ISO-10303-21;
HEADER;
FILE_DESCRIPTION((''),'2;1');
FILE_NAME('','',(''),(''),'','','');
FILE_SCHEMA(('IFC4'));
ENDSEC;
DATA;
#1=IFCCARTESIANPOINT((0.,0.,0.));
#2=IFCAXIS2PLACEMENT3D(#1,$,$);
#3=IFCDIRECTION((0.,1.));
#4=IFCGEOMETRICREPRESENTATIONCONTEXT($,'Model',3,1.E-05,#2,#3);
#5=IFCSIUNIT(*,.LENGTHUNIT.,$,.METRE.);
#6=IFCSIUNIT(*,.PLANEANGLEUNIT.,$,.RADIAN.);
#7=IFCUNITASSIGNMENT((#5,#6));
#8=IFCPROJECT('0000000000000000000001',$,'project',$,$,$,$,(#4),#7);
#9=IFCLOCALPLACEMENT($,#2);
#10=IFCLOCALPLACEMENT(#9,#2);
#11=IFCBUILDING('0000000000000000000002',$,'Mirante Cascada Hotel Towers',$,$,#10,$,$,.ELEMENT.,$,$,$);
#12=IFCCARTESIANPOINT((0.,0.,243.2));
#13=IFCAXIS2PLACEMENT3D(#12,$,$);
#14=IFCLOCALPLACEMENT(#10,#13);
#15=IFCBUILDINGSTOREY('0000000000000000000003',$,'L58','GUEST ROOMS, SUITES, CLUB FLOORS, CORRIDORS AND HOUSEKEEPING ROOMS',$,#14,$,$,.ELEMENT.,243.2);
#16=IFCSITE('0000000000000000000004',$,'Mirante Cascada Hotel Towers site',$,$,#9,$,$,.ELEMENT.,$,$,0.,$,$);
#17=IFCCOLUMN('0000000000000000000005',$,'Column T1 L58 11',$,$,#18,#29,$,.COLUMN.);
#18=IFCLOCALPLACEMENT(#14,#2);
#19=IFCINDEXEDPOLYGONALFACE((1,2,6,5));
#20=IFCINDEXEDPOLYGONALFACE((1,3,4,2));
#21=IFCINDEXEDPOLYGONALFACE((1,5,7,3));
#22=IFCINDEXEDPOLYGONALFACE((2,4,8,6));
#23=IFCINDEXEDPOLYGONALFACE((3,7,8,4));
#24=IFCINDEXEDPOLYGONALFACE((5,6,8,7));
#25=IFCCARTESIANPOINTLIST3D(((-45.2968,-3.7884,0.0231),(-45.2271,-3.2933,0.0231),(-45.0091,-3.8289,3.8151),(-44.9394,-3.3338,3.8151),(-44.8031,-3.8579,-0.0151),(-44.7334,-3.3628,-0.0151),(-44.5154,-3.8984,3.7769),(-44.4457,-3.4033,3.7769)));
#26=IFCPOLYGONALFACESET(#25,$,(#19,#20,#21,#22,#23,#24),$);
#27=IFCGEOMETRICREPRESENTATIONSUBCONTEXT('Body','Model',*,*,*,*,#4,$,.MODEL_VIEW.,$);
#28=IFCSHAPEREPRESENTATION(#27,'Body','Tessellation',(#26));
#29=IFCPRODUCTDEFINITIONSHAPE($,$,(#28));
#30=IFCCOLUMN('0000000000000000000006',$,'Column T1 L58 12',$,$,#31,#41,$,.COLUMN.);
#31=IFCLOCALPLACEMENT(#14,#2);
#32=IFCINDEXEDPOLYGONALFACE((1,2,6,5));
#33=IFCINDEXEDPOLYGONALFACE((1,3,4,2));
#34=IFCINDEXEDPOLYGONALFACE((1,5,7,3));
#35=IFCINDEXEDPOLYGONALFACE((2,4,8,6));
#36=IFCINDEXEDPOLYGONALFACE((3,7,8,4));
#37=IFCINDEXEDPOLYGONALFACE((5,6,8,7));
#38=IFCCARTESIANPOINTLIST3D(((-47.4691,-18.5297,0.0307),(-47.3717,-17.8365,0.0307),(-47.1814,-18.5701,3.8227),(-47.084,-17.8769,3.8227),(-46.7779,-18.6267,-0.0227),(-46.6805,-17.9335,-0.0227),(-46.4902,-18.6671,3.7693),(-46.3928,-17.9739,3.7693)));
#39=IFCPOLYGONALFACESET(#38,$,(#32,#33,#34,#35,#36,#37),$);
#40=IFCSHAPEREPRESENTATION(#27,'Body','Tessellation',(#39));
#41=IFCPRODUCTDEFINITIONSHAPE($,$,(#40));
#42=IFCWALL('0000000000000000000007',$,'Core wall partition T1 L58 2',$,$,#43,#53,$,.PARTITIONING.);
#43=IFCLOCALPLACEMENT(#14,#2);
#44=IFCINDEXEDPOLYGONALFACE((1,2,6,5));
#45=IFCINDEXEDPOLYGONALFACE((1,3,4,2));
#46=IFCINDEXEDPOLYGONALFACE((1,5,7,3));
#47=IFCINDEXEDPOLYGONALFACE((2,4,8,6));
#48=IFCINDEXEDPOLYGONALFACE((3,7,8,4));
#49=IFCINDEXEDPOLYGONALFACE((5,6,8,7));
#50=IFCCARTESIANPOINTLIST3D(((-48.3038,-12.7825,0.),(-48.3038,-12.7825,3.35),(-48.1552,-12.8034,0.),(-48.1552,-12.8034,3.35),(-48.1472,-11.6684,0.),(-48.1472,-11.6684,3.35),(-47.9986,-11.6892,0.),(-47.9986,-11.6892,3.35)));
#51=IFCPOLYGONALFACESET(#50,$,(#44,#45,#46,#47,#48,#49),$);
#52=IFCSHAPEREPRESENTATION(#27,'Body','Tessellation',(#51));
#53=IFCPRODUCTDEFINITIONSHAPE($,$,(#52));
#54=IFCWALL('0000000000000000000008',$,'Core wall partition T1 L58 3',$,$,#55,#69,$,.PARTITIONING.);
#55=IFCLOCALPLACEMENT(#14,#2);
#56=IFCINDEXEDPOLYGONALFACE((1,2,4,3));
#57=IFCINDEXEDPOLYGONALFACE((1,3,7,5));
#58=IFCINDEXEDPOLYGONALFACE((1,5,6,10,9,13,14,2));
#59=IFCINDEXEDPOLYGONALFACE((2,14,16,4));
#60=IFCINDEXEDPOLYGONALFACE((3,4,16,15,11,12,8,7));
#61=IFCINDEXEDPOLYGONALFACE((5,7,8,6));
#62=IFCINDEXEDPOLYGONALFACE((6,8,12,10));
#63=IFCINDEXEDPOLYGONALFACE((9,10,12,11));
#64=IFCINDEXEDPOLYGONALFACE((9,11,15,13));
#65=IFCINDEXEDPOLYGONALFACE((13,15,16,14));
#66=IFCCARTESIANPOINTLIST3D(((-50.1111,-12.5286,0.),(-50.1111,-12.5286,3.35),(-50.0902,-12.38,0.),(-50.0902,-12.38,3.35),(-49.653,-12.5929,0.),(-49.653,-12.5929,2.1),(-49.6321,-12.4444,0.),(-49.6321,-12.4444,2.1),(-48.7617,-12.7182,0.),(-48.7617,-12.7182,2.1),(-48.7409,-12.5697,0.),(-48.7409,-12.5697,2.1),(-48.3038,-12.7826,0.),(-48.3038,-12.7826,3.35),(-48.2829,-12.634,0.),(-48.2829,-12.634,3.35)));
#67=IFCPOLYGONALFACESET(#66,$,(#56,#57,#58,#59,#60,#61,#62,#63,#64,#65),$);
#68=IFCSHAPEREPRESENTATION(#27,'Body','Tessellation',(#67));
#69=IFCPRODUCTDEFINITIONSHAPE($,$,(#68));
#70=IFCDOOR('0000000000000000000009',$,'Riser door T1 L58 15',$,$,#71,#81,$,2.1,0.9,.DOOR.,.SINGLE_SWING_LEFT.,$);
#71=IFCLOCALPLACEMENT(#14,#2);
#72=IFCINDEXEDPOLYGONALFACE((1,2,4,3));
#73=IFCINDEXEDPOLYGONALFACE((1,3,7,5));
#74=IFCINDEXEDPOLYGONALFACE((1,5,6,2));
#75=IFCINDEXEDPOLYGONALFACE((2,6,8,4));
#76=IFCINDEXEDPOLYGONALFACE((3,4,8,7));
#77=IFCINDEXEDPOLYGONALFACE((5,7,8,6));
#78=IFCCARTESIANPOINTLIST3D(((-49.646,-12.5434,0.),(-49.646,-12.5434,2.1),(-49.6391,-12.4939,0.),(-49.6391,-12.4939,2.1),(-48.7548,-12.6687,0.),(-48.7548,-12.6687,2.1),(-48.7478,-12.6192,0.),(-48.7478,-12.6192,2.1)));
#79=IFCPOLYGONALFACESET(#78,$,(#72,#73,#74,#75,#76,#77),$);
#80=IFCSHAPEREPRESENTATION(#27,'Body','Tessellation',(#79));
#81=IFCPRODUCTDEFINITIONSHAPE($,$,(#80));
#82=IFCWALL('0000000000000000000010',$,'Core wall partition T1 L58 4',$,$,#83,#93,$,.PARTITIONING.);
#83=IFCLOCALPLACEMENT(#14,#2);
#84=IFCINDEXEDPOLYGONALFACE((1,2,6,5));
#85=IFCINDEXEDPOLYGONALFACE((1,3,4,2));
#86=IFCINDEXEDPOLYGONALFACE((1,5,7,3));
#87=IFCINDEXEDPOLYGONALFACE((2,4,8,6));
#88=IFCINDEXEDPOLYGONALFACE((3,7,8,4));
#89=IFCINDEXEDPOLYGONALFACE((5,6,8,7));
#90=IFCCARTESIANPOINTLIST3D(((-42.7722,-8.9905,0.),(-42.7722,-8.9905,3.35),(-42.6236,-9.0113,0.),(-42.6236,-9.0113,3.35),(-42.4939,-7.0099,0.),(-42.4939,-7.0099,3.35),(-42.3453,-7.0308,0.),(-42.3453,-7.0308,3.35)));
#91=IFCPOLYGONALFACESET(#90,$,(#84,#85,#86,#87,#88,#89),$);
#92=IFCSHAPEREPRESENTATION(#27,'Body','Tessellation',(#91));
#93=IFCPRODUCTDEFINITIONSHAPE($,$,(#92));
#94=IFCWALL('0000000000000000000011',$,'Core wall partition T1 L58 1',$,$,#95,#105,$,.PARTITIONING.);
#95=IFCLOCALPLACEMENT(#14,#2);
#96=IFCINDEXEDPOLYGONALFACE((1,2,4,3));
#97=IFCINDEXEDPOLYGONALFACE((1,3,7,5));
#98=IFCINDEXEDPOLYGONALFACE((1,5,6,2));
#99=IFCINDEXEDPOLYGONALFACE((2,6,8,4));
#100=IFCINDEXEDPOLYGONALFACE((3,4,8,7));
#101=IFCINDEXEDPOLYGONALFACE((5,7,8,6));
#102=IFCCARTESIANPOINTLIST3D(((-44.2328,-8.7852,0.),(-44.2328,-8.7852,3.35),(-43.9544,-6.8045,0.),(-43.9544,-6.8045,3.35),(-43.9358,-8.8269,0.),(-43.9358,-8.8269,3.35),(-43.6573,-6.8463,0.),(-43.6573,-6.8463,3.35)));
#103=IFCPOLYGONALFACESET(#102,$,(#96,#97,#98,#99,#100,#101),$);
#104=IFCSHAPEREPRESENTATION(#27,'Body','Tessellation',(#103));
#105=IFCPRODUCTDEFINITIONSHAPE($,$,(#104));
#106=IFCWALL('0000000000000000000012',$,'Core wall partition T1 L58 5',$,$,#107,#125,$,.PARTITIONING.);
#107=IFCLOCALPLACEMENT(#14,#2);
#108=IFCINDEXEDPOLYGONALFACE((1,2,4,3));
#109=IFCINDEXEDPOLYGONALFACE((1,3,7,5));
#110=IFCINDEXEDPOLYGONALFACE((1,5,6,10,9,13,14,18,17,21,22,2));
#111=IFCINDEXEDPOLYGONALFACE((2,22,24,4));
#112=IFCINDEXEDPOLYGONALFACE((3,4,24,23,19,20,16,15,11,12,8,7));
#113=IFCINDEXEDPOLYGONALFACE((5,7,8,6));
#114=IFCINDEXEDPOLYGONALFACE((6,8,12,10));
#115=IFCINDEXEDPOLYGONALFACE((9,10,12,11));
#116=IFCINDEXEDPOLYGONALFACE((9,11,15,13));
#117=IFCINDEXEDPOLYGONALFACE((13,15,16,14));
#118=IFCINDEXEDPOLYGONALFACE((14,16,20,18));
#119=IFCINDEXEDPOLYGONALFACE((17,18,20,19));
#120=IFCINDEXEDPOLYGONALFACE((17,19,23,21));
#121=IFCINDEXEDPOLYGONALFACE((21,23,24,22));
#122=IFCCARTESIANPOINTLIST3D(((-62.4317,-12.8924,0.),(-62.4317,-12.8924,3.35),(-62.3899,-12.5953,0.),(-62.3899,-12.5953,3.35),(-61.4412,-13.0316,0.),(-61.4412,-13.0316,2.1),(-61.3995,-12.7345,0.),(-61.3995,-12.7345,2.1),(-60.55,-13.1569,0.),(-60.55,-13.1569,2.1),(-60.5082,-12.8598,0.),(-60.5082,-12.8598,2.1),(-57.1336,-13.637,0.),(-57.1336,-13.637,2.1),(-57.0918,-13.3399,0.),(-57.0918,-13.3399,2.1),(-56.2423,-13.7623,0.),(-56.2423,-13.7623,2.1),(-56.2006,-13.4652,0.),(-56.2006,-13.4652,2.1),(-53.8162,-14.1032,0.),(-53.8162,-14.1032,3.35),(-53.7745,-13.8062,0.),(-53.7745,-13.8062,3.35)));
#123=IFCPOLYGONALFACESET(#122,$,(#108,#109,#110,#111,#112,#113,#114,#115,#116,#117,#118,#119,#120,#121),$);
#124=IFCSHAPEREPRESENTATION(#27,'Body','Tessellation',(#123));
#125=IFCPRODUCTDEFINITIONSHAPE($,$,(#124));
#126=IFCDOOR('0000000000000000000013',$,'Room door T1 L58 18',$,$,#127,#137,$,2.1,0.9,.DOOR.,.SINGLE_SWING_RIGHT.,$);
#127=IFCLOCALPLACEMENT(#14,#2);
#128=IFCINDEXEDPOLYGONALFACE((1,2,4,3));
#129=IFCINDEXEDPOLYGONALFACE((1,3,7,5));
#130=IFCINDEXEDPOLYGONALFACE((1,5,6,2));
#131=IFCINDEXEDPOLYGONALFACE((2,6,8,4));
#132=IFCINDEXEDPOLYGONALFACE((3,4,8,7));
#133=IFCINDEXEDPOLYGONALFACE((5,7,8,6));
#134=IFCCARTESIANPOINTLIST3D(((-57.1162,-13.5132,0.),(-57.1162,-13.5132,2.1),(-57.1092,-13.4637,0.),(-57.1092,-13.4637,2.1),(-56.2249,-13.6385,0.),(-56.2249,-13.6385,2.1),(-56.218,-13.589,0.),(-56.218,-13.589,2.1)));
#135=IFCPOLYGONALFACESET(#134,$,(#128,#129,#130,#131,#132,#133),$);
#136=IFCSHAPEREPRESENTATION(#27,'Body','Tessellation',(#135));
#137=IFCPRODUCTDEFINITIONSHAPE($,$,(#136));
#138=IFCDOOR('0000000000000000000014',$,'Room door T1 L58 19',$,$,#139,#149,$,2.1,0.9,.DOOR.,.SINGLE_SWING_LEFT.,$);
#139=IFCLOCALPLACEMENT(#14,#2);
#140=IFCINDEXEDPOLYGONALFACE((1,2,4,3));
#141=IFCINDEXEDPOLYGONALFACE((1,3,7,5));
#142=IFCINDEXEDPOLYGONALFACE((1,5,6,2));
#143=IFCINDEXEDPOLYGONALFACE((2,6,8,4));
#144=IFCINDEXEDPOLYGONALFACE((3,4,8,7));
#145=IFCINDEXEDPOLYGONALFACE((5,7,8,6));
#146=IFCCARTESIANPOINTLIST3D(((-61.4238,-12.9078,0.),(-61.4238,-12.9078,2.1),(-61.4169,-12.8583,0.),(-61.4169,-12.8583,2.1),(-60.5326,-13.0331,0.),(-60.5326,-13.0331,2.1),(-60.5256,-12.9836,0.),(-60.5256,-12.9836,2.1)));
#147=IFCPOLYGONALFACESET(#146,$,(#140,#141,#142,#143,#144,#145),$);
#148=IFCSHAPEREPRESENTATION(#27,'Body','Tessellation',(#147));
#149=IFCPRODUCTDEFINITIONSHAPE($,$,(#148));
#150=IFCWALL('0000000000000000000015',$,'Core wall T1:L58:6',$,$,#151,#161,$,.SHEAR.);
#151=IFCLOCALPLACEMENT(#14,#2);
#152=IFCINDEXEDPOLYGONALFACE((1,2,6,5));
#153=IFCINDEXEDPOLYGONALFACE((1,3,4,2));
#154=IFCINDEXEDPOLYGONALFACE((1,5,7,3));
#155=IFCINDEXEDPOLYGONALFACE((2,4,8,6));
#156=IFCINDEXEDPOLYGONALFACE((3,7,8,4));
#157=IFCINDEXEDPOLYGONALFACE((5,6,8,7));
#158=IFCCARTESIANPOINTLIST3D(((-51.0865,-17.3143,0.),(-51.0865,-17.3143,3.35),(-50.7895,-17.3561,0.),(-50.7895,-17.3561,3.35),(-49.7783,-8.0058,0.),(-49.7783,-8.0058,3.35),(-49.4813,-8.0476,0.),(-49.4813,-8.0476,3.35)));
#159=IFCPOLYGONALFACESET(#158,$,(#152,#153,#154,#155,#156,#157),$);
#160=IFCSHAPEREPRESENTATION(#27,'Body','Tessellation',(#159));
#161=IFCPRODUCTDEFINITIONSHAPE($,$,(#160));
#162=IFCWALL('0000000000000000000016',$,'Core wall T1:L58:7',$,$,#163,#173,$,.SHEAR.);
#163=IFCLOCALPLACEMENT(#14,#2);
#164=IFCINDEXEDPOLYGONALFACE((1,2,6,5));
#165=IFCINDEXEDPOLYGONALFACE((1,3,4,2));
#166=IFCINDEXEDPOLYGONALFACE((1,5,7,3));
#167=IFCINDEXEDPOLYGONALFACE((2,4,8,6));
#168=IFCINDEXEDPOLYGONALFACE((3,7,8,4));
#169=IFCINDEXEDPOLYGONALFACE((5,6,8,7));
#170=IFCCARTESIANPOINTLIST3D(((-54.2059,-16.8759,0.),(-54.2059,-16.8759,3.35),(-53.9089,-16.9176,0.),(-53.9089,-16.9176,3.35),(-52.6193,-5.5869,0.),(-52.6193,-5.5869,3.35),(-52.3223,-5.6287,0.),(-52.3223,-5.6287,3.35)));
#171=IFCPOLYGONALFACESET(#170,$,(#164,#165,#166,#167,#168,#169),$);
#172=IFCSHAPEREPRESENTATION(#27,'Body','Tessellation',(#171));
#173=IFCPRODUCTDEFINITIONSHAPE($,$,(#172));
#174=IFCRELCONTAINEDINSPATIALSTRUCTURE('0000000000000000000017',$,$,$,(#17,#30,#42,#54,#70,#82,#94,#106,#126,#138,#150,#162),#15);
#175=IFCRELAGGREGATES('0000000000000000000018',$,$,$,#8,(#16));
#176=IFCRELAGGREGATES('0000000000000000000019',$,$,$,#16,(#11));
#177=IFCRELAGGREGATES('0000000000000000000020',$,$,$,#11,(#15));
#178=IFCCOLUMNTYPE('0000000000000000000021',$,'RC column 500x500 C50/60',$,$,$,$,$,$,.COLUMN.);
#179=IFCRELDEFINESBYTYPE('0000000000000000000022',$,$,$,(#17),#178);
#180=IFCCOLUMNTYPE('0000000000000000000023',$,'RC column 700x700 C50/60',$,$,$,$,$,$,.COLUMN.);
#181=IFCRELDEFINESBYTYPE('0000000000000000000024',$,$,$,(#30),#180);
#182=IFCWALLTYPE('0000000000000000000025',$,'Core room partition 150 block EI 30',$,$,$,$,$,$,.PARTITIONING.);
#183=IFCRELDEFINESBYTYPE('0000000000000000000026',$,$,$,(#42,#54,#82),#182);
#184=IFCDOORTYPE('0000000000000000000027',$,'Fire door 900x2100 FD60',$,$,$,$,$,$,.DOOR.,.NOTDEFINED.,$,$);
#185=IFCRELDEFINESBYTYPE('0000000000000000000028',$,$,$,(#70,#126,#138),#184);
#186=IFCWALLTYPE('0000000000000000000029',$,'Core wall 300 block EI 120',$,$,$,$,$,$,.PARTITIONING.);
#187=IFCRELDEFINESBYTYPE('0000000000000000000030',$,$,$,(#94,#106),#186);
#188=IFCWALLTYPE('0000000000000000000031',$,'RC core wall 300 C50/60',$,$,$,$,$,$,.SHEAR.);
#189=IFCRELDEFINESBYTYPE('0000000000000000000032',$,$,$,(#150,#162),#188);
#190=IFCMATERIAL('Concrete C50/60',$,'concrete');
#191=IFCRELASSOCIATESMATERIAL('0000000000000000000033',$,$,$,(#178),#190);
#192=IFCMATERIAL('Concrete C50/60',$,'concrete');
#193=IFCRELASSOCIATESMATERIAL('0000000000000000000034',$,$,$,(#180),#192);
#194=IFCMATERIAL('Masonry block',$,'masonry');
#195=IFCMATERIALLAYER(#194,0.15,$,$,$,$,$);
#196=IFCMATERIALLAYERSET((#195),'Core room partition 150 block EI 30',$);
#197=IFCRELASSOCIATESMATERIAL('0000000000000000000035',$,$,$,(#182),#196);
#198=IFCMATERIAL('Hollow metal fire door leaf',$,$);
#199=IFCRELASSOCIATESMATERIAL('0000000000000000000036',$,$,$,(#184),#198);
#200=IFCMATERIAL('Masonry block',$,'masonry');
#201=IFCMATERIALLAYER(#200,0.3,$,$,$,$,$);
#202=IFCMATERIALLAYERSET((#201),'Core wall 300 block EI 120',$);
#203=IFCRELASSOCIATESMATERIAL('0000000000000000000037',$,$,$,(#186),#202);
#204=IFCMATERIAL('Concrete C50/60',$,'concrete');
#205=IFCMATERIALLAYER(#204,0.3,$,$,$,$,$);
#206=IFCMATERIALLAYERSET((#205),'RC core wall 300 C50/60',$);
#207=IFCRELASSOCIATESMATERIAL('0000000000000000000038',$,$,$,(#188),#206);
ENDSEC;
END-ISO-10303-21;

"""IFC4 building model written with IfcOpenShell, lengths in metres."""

from ifc_helpers import new_model, si_unit, direction, frame, frame_2d, origin, origin_2d, place, context, subcontext, project, spatial, rectangle, extrude, material, layer, layer_set, material_profile, profile_set, type_object, element, fill, save


model = new_model("IFC4")

# Units and contexts
model_context = context("Model", 3, precision=1e-05, world=origin(), true_north=direction((0.0, 1.0)))
body_context = subcontext(model_context, "Body", "Model", "MODEL_VIEW")
ifc_project = project(units=[si_unit("LENGTHUNIT", "METRE"), si_unit("PLANEANGLEUNIT", "RADIAN")], contexts=[model_context])

# Site, building, storey
site_placement = place(None, origin())
site = spatial("IfcSite", under=ifc_project, at=site_placement, Name="Mirante Cascada Hotel Towers site", CompositionType="ELEMENT", RefElevation=0.0)
building_placement = place(site_placement, origin())
building = spatial("IfcBuilding", under=site, at=building_placement, Name="Mirante Cascada Hotel Towers", CompositionType="ELEMENT")
storey_placement = place(building_placement, frame((0.0, 0.0, 243.2)))
storey = spatial("IfcBuildingStorey", under=building, at=storey_placement, Name="L58", Description="GUEST ROOMS, SUITES, CLUB FLOORS, CORRIDORS AND HOUSEKEEPING ROOMS", CompositionType="ELEMENT", Elevation=243.2)

# Columns
ifc_material_1 = material(Name="Concrete C50/60", Category="concrete")
ifc_material_profile_1 = material_profile(ifc_material_1, rectangle(XDim=0.5, YDim=0.5, at=origin_2d()), Name="RC column 500x500 C50/60")
ifc_profile_set_1 = profile_set([ifc_material_profile_1], Name="Concrete C50/60")
column_type_1 = type_object("IfcColumnType", Name="RC column 500x500 C50/60", PredefinedType="COLUMN", material=ifc_profile_set_1)
column_1_placement = place(storey_placement, frame((-45.0151, -3.5756, 0.004), z_axis=(0.075648, -0.010649, 0.997078), x_axis=(0.139397, 0.990236, 0.0)))
element("IfcColumn", 1, at=column_1_placement, inside=storey, type_object=column_type_1, Name="Column T1 L58 11", PredefinedType="COLUMN", context=body_context, shape_type="SweptSolid", body=[
    extrude(rectangle(XDim=0.5, YDim=0.5, at=origin_2d()), origin(), (0.0, 0.0, 1.0), 3.8031),
])
ifc_material_2 = material(Name="Concrete C50/60", Category="concrete")
ifc_material_profile_2 = material_profile(ifc_material_2, rectangle(XDim=0.7, YDim=0.7, at=origin_2d()), Name="RC column 700x700 C50/60")
ifc_profile_set_2 = profile_set([ifc_material_profile_2], Name="Concrete C50/60")
column_type_2 = type_object("IfcColumnType", Name="RC column 700x700 C50/60", PredefinedType="COLUMN", material=ifc_profile_set_2)
column_2_placement = place(storey_placement, frame((-47.0748, -18.2316, 0.004), z_axis=(0.075649, -0.010623, 0.997078), x_axis=(0.13906, 0.990284, 0.0)))
element("IfcColumn", 2, at=column_2_placement, inside=storey, type_object=column_type_2, Name="Column T1 L58 12", PredefinedType="COLUMN", context=body_context, shape_type="SweptSolid", body=[
    extrude(rectangle(XDim=0.7, YDim=0.7, at=origin_2d()), origin(), (0.0, 0.0, 1.0), 3.8031),
])

# Wall
ifc_material_3 = material(Name="Masonry block", Category="masonry")
ifc_layer_1 = layer(ifc_material_3, 0.15)
ifc_layer_set_1 = layer_set([ifc_layer_1], Name="Core room partition 150 block EI 30")
wall_type_1 = type_object("IfcWallType", Name="Core room partition 150 block EI 30", PredefinedType="PARTITIONING", material=ifc_layer_set_1)
wall_1_placement = place(storey_placement, frame((-48.2295, -12.793, 0.0), z_axis=(0.0, 0.0, 1.0), x_axis=(0.139193, 0.990265, 0.0)))
element("IfcWall", 3, at=wall_1_placement, inside=storey, type_object=wall_type_1, Name="Core wall partition T1 L58 2", PredefinedType="PARTITIONING", context=body_context, shape_type="SweptSolid", body=[
    extrude(rectangle(XDim=1.1251, YDim=0.15, at=frame_2d((0.5626, 0.0))), origin(), (0.0, 0.0, 1.0), 3.35),
])

# Wall, opening, door
wall_2_placement = place(storey_placement, frame((-48.2933, -12.7083, 0.0), z_axis=(0.0, 0.0, 1.0), x_axis=(-0.990268, 0.139173, 0.0)))
wall_2 = element("IfcWall", 4, at=wall_2_placement, inside=storey, type_object=wall_type_1, Name="Core wall partition T1 L58 3", PredefinedType="PARTITIONING", context=body_context, shape_type="SweptSolid", body=[
    extrude(rectangle(XDim=1.8251, YDim=0.15, at=frame_2d((0.9126, 0.0))), origin(), (0.0, 0.0, 1.0), 3.35),
])
opening_1_placement = place(wall_2_placement, frame((0.4625, 0.0, 0.0)))
opening_1 = element("IfcOpeningElement", 5, at=opening_1_placement, cuts=wall_2, PredefinedType="OPENING", context=body_context, shape_type="SweptSolid", body=[
    extrude(rectangle(XDim=0.9, YDim=2.1, at=frame_2d((0.45, 1.05))), frame((0.0, 0.075, 0.0), z_axis=(0.0, -1.0, 0.0), x_axis=(1.0, 0.0, 0.0)), (0.0, 0.0, 1.0), 0.15),
])
ifc_material_4 = material(Name="Hollow metal fire door leaf")
door_type_1 = type_object("IfcDoorType", Name="Fire door 900x2100 FD60", OperationType="NOTDEFINED", PredefinedType="DOOR", material=ifc_material_4)
door_1_placement = place(opening_1_placement, origin())
door_1 = element("IfcDoor", 6, at=door_1_placement, inside=storey, type_object=door_type_1, Name="Riser door T1 L58 15", OperationType="SINGLE_SWING_LEFT", OverallHeight=2.1, OverallWidth=0.9, PredefinedType="DOOR", context=body_context, shape_type="SweptSolid", body=[
    extrude(rectangle(XDim=0.9, YDim=2.1, at=frame_2d((0.45, 1.05))), frame((0.0, 0.025, 0.0), z_axis=(0.0, -1.0, 0.0), x_axis=(1.0, 0.0, 0.0)), (0.0, 0.0, 1.0), 0.05),
])
fill(opening_1, door_1)

# Walls
wall_3_placement = place(storey_placement, frame((-42.6979, -9.0009, 0.0), z_axis=(0.0, 0.0, 1.0), x_axis=(0.139153, 0.990271, 0.0)))
element("IfcWall", 7, at=wall_3_placement, inside=storey, type_object=wall_type_1, Name="Core wall partition T1 L58 4", PredefinedType="PARTITIONING", context=body_context, shape_type="SweptSolid", body=[
    extrude(rectangle(XDim=2.0, YDim=0.15, at=frame_2d((1.0, 0.0))), origin(), (0.0, 0.0, 1.0), 3.35),
])
ifc_material_5 = material(Name="Masonry block", Category="masonry")
ifc_layer_2 = layer(ifc_material_5, 0.3)
ifc_layer_set_2 = layer_set([ifc_layer_2], Name="Core wall 300 block EI 120")
wall_type_2 = type_object("IfcWallType", Name="Core wall 300 block EI 120", PredefinedType="PARTITIONING", material=ifc_layer_set_2)
wall_4_placement = place(storey_placement, frame((-44.0843, -8.8061, 0.0), z_axis=(0.0, 0.0, 1.0), x_axis=(0.139195, 0.990265, 0.0)))
element("IfcWall", 8, at=wall_4_placement, inside=storey, type_object=wall_type_2, Name="Core wall partition T1 L58 1", PredefinedType="PARTITIONING", context=body_context, shape_type="SweptSolid", body=[
    extrude(rectangle(XDim=2.0001, YDim=0.3, at=frame_2d((1.0001, 0.0))), origin(), (0.0, 0.0, 1.0), 3.35),
])

# Wall, openings, doors
wall_5_placement = place(storey_placement, frame((-53.7953, -13.9547, 0.0), z_axis=(0.0, 0.0, 1.0), x_axis=(-0.990268, 0.139171, 0.0)))
wall_5 = element("IfcWall", 9, at=wall_5_placement, inside=storey, type_object=wall_type_2, Name="Core wall partition T1 L58 5", PredefinedType="PARTITIONING", context=body_context, shape_type="SweptSolid", body=[
    extrude(rectangle(XDim=8.7001, YDim=0.3, at=frame_2d((4.3501, 0.0))), origin(), (0.0, 0.0, 1.0), 3.35),
])
opening_2_placement = place(wall_5_placement, frame((2.45, 0.0, 0.0)))
opening_2 = element("IfcOpeningElement", 10, at=opening_2_placement, cuts=wall_5, PredefinedType="OPENING", context=body_context, shape_type="SweptSolid", body=[
    extrude(rectangle(XDim=0.9, YDim=2.1, at=frame_2d((0.45, 1.05))), frame((0.0, 0.15, 0.0), z_axis=(0.0, -1.0, 0.0), x_axis=(1.0, 0.0, 0.0)), (0.0, 0.0, 1.0), 0.3),
])
opening_3_placement = place(wall_5_placement, frame((6.8, 0.0, 0.0)))
opening_3 = element("IfcOpeningElement", 11, at=opening_3_placement, cuts=wall_5, PredefinedType="OPENING", context=body_context, shape_type="SweptSolid", body=[
    extrude(rectangle(XDim=0.9, YDim=2.1, at=frame_2d((0.45, 1.05))), frame((0.0, 0.15, 0.0), z_axis=(0.0, -1.0, 0.0), x_axis=(1.0, 0.0, 0.0)), (0.0, 0.0, 1.0), 0.3),
])
door_2_placement = place(opening_2_placement, origin())
door_2 = element("IfcDoor", 12, at=door_2_placement, inside=storey, type_object=door_type_1, Name="Room door T1 L58 18", OperationType="SINGLE_SWING_RIGHT", OverallHeight=2.1, OverallWidth=0.9, PredefinedType="DOOR", context=body_context, shape_type="SweptSolid", body=[
    extrude(rectangle(XDim=0.9, YDim=2.1, at=frame_2d((0.45, 1.05))), frame((0.0, 0.025, 0.0), z_axis=(0.0, -1.0, 0.0), x_axis=(1.0, 0.0, 0.0)), (0.0, 0.0, 1.0), 0.05),
])
fill(opening_2, door_2)
door_3_placement = place(opening_3_placement, origin())
door_3 = element("IfcDoor", 13, at=door_3_placement, inside=storey, type_object=door_type_1, Name="Room door T1 L58 19", OperationType="SINGLE_SWING_LEFT", OverallHeight=2.1, OverallWidth=0.9, PredefinedType="DOOR", context=body_context, shape_type="SweptSolid", body=[
    extrude(rectangle(XDim=0.9, YDim=2.1, at=frame_2d((0.45, 1.05))), frame((0.0, 0.025, 0.0), z_axis=(0.0, -1.0, 0.0), x_axis=(1.0, 0.0, 0.0)), (0.0, 0.0, 1.0), 0.05),
])
fill(opening_3, door_3)

# Walls
ifc_material_6 = material(Name="Concrete C50/60", Category="concrete")
ifc_layer_3 = layer(ifc_material_6, 0.3)
ifc_layer_set_3 = layer_set([ifc_layer_3], Name="RC core wall 300 C50/60")
wall_type_3 = type_object("IfcWallType", Name="RC core wall 300 C50/60", PredefinedType="SHEAR", material=ifc_layer_set_3)
wall_6_placement = place(storey_placement, frame((-50.938, -17.3352, 0.0), z_axis=(0.0, 0.0, 1.0), x_axis=(0.139171, 0.990268, 0.0)))
element("IfcWall", 14, at=wall_6_placement, inside=storey, type_object=wall_type_3, Name="Core wall T1:L58:6", PredefinedType="SHEAR", context=body_context, shape_type="SweptSolid", body=[
    extrude(rectangle(XDim=9.4, YDim=0.3, at=frame_2d((4.7, 0.0))), origin(), (0.0, 0.0, 1.0), 3.35),
])
wall_7_placement = place(storey_placement, frame((-54.0574, -16.8968, 0.0), z_axis=(0.0, 0.0, 1.0), x_axis=(0.139176, 0.990268, 0.0)))
element("IfcWall", 15, at=wall_7_placement, inside=storey, type_object=wall_type_3, Name="Core wall T1:L58:7", PredefinedType="SHEAR", context=body_context, shape_type="SweptSolid", body=[
    extrude(rectangle(XDim=11.3999, YDim=0.3, at=frame_2d((5.7, 0.0))), origin(), (0.0, 0.0, 1.0), 3.35),
])

save(model, "model.ifc")
